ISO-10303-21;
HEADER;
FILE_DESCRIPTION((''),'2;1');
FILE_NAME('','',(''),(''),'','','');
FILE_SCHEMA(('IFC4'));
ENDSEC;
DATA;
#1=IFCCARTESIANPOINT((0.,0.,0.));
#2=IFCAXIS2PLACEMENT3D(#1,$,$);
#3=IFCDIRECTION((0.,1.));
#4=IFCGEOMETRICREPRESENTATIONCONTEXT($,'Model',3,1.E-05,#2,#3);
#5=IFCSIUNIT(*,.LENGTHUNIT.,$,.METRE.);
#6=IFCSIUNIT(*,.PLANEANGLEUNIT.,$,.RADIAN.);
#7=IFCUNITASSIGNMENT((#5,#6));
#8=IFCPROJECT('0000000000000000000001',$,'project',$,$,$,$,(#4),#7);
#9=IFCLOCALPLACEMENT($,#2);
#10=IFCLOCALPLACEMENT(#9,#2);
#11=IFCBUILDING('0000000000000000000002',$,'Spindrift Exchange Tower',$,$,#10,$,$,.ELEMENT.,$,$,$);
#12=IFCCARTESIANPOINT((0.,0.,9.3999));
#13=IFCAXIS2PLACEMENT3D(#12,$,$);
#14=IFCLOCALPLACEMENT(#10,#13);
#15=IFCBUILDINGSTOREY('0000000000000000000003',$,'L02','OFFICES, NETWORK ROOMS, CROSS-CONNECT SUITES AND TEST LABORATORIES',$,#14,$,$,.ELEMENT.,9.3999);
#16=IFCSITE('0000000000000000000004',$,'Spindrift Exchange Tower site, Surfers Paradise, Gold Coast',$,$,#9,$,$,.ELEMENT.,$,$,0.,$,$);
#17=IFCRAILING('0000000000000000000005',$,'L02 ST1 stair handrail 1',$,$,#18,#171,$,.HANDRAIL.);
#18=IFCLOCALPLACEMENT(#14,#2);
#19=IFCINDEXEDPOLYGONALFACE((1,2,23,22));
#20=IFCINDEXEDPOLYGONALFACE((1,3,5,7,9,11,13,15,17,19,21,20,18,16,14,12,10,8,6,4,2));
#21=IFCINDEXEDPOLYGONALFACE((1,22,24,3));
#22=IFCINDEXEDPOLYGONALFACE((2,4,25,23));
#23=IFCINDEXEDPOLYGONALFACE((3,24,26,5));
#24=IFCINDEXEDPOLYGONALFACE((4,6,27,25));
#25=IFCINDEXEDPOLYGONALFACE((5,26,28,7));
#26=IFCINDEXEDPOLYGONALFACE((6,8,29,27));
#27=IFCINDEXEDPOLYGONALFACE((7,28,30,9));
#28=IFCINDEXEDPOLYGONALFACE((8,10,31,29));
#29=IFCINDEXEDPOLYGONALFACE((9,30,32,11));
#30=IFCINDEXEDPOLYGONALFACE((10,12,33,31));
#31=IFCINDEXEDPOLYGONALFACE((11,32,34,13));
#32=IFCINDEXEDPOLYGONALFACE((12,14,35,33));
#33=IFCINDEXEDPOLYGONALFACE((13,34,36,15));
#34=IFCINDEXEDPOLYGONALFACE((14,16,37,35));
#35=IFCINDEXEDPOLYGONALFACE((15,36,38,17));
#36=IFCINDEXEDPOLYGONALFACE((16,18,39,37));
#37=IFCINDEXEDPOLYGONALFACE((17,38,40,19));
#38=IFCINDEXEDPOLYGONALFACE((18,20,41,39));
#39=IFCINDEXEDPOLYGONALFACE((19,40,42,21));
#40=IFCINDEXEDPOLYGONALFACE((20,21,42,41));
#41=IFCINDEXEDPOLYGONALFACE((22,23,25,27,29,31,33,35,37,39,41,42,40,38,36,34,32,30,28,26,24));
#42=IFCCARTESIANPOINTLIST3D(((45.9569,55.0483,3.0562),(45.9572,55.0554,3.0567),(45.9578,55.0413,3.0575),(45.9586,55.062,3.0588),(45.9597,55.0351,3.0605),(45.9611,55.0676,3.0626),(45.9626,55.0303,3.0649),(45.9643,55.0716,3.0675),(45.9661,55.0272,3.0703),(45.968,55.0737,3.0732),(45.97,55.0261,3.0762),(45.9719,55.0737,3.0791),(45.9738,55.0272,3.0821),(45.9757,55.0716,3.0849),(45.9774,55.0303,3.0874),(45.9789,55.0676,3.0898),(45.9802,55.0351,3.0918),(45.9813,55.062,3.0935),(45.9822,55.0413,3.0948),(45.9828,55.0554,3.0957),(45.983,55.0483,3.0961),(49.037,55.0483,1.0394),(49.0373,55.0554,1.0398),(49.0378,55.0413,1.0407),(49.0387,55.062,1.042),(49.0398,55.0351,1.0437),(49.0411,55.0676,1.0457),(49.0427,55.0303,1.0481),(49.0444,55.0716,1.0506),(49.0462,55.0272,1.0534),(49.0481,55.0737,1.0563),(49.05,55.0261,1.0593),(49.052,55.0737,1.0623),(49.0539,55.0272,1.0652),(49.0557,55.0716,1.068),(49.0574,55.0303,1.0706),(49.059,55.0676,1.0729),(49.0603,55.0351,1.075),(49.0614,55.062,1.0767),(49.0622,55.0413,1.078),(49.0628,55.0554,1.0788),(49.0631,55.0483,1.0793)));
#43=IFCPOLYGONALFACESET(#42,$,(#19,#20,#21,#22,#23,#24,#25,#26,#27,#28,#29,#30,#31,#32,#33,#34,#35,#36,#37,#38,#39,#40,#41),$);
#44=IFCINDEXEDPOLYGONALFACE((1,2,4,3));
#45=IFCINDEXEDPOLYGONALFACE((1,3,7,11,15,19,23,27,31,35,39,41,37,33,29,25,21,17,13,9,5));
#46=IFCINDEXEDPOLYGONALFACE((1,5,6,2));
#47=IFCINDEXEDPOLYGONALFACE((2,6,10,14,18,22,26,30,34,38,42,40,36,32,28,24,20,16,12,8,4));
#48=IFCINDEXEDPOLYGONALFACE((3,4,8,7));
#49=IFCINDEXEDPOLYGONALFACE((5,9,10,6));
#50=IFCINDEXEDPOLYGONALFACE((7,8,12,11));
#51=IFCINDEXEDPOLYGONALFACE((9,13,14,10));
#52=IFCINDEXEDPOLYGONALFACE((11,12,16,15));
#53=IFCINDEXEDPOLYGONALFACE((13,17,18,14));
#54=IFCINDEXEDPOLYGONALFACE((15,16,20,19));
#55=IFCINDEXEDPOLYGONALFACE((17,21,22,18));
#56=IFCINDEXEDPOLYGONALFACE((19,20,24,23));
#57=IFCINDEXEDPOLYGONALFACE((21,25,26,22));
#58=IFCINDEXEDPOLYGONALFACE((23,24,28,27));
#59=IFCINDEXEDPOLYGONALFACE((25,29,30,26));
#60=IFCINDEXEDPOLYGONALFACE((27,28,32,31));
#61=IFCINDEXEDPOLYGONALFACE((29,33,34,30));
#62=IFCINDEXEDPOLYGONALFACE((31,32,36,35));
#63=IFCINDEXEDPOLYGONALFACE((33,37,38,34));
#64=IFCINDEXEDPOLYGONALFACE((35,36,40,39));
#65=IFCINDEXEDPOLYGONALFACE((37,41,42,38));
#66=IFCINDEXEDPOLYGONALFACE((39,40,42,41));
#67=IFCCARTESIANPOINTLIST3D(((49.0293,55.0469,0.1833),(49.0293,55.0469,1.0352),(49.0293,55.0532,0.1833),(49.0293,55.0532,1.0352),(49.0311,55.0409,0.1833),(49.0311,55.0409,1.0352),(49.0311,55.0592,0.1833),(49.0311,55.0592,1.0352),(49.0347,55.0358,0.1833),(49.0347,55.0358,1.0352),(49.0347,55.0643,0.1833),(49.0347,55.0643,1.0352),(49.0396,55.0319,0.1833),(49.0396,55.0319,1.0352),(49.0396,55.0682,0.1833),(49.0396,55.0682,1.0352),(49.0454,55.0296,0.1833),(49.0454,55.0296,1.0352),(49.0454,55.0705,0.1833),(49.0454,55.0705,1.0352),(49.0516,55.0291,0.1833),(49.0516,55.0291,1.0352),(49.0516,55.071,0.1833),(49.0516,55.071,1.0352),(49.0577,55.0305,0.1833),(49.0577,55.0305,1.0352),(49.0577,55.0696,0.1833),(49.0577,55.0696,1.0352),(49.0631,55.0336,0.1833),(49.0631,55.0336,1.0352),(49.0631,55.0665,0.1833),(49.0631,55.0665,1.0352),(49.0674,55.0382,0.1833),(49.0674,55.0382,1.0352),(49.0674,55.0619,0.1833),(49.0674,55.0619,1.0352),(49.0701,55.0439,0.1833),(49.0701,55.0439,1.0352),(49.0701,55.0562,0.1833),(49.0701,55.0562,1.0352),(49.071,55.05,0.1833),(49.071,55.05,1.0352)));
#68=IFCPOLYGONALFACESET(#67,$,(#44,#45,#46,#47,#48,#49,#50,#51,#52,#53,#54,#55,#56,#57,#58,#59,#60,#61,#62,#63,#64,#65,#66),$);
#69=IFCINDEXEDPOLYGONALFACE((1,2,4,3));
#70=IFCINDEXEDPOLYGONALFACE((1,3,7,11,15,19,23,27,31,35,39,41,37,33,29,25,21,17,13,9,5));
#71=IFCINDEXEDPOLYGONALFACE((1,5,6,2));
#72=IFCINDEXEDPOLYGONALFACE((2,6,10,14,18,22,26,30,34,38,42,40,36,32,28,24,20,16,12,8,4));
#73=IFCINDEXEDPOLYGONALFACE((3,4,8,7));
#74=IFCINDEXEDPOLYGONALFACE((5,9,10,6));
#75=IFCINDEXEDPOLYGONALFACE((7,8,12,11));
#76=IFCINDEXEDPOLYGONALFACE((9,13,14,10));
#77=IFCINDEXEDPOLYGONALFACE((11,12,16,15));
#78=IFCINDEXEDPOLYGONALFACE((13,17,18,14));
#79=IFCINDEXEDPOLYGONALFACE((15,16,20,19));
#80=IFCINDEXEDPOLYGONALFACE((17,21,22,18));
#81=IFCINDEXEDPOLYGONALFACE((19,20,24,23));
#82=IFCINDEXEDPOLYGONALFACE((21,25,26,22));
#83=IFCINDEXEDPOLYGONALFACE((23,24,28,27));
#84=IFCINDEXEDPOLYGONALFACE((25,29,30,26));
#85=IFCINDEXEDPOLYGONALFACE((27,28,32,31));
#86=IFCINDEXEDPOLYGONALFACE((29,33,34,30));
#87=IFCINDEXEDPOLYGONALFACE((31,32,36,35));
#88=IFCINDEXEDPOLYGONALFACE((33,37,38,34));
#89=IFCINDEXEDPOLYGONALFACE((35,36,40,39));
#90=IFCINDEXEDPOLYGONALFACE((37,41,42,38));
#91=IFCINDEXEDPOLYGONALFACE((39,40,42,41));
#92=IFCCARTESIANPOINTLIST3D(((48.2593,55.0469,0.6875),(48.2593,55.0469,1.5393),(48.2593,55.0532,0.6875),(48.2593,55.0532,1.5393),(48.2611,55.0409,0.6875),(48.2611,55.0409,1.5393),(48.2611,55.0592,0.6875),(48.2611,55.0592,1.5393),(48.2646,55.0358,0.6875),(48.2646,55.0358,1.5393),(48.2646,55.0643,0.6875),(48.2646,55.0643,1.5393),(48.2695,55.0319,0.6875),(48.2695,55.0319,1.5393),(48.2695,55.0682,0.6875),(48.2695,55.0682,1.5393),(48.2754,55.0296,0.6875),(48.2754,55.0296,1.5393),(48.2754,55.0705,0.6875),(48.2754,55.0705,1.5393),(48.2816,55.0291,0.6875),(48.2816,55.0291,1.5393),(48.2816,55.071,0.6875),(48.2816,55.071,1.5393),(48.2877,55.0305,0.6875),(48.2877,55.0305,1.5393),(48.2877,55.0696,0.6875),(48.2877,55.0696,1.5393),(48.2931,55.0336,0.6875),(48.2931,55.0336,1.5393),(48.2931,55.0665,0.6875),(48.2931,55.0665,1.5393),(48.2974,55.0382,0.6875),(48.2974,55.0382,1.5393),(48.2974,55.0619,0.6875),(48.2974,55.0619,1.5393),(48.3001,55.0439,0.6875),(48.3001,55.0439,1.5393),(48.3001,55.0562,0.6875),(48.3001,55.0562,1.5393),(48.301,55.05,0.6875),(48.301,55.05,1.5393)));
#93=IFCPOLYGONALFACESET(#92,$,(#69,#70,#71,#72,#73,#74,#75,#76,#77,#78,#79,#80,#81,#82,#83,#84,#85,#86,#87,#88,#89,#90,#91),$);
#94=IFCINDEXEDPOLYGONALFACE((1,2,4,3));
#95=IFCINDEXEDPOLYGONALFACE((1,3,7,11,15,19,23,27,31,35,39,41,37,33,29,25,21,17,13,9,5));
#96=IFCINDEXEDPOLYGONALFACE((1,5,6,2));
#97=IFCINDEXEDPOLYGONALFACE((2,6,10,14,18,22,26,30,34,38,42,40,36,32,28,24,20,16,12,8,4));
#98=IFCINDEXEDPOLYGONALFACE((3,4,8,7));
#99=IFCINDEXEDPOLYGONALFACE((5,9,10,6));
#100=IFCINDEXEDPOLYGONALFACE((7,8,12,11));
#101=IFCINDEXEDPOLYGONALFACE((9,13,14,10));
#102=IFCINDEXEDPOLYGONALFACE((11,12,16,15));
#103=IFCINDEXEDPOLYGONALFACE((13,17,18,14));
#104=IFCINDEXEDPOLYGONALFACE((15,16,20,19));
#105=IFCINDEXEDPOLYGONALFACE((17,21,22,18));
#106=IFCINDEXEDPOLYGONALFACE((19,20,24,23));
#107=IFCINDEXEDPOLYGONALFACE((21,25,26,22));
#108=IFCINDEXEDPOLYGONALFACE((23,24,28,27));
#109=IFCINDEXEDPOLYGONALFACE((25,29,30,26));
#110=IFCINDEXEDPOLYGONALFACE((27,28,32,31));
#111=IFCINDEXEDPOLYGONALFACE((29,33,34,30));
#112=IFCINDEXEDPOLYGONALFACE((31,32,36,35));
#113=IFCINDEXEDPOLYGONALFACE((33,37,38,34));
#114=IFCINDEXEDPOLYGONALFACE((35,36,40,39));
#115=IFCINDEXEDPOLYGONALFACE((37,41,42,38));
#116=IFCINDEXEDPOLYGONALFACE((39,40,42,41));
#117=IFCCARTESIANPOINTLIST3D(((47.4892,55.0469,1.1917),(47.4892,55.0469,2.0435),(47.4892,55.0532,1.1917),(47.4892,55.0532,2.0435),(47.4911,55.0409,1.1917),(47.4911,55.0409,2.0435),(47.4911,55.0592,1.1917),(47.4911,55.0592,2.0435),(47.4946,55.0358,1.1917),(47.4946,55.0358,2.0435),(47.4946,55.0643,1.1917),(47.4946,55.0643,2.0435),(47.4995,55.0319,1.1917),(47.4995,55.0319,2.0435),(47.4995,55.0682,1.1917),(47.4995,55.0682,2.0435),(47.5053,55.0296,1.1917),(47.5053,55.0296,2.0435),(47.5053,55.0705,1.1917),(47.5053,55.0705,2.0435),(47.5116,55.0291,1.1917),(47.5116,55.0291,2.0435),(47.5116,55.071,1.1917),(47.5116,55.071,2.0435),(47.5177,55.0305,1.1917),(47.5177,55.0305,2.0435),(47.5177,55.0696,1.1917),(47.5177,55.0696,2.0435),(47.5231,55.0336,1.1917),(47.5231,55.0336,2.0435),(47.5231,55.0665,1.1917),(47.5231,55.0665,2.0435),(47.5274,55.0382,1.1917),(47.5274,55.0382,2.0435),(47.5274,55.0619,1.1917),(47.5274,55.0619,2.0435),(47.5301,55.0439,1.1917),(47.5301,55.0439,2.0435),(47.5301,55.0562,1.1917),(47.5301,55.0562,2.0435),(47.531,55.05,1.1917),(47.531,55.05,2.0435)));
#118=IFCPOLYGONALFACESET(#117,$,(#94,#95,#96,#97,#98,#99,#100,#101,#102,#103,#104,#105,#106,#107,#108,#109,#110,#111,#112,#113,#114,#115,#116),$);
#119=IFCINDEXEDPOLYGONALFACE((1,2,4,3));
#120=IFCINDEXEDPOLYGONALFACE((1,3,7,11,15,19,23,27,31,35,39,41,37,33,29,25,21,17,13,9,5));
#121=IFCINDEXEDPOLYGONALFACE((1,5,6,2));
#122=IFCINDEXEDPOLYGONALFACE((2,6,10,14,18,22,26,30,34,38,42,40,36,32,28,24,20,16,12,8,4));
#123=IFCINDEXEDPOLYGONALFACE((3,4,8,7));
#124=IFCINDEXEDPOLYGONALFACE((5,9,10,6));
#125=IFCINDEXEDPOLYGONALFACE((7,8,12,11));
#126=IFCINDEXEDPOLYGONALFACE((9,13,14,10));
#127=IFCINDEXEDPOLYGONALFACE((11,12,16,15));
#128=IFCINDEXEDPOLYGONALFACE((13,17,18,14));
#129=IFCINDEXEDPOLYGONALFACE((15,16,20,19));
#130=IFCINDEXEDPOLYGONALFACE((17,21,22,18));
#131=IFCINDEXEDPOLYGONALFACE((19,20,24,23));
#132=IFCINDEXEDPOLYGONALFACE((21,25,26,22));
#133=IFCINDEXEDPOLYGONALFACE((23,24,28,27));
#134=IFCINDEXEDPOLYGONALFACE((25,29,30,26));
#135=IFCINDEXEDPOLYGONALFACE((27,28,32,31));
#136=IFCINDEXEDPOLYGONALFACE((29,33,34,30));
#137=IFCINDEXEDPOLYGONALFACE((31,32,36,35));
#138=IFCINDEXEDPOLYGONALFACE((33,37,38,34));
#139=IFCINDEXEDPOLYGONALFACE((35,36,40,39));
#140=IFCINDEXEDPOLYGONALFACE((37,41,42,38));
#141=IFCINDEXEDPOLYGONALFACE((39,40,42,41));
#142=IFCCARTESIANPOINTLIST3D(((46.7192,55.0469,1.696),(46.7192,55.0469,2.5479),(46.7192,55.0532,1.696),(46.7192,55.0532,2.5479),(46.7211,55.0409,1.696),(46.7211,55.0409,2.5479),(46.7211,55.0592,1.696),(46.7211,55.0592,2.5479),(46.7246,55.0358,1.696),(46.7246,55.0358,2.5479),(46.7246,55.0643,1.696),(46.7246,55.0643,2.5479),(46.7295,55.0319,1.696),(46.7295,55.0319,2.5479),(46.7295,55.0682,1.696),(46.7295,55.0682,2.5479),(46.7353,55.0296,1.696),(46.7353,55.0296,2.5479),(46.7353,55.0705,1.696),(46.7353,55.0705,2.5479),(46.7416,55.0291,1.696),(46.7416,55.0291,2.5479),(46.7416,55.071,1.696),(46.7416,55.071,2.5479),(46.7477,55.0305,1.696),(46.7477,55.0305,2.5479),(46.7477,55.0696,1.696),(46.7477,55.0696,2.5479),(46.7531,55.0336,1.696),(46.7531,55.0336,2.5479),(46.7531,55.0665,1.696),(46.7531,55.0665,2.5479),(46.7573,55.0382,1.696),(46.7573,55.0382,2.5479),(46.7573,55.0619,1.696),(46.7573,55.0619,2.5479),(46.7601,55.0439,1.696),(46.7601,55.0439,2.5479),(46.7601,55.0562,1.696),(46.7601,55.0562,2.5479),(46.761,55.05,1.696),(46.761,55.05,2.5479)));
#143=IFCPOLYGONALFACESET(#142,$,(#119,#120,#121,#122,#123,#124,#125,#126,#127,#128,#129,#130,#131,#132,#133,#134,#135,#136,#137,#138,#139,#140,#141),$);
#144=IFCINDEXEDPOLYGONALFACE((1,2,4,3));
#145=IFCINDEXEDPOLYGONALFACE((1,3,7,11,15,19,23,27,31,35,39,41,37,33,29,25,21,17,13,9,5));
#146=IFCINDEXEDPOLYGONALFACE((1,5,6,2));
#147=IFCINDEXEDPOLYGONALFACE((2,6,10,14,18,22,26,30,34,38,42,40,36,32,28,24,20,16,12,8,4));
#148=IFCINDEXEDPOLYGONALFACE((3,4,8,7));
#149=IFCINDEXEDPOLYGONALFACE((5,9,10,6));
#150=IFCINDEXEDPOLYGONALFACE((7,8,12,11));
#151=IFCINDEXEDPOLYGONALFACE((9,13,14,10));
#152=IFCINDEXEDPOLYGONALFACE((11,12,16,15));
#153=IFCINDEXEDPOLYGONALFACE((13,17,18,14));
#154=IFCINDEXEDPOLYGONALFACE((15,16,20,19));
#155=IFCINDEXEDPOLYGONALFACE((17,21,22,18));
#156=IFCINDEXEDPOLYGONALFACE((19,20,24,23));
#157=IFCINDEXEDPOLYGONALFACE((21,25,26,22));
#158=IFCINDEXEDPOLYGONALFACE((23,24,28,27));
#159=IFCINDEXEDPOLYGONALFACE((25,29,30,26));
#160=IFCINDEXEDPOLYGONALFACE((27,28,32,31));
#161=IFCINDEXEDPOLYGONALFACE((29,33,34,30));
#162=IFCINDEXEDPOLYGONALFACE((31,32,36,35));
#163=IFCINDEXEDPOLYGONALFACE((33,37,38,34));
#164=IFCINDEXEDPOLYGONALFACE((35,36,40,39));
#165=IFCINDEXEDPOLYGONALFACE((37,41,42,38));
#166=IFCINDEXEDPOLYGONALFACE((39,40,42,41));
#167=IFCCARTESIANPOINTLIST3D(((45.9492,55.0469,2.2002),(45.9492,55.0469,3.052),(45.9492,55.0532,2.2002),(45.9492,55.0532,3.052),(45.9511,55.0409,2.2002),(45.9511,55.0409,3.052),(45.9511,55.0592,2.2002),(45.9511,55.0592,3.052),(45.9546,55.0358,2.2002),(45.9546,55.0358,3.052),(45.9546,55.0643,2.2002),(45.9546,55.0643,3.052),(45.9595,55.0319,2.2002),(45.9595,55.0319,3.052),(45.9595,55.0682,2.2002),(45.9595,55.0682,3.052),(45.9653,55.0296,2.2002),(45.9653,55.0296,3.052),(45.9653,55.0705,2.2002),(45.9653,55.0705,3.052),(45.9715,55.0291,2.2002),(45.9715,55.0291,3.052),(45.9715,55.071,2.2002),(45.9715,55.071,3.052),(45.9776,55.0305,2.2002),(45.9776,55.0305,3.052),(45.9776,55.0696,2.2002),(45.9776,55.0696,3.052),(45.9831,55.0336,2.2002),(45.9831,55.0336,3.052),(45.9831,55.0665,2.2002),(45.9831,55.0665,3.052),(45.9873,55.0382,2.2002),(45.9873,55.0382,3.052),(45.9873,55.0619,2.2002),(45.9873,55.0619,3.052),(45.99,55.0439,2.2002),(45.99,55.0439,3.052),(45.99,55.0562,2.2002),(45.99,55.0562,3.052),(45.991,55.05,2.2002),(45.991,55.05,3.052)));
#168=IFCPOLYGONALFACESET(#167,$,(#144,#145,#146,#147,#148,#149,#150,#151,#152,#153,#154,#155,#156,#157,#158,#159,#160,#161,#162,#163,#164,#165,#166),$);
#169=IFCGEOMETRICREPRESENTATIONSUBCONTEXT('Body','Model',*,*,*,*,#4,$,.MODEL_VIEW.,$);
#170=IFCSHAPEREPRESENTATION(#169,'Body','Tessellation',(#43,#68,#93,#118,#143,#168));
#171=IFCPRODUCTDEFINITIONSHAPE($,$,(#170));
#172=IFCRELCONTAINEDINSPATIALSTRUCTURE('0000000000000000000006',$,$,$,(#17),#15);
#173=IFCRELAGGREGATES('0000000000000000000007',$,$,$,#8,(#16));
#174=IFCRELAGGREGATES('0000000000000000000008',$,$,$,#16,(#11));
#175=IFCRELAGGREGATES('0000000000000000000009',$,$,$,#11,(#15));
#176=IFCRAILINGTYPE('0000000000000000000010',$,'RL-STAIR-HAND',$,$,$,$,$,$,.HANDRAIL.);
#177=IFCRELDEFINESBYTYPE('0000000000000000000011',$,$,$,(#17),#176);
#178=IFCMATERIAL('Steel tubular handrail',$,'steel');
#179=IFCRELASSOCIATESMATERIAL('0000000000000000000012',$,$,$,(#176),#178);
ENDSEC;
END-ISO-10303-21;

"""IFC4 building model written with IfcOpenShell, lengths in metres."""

from ifc_helpers import new_model, si_unit, direction, frame, origin, origin_2d, place, context, subcontext, project, spatial, circle, extrude, material, type_object, element, save


model = new_model("IFC4")

# Units and contexts
model_context = context("Model", 3, precision=1e-05, world=origin(), true_north=direction((0.0, 1.0)))
body_context = subcontext(model_context, "Body", "Model", "MODEL_VIEW")
ifc_project = project(units=[si_unit("LENGTHUNIT", "METRE"), si_unit("PLANEANGLEUNIT", "RADIAN")], contexts=[model_context])

# Site, building, storey
site_placement = place(None, origin())
site = spatial("IfcSite", under=ifc_project, at=site_placement, Name="Spindrift Exchange Tower site, Surfers Paradise, Gold Coast", CompositionType="ELEMENT", RefElevation=0.0)
building_placement = place(site_placement, origin())
building = spatial("IfcBuilding", under=site, at=building_placement, Name="Spindrift Exchange Tower", CompositionType="ELEMENT")
storey_placement = place(building_placement, frame((0.0, 0.0, 9.3999)))
storey = spatial("IfcBuildingStorey", under=building, at=storey_placement, Name="L02", Description="OFFICES, NETWORK ROOMS, CROSS-CONNECT SUITES AND TEST LABORATORIES", CompositionType="ELEMENT", Elevation=9.3999)

# Railing
ifc_material_1 = material(Name="Steel tubular handrail", Category="steel")
railing_type_1 = type_object("IfcRailingType", Name="RL-STAIR-HAND", PredefinedType="HANDRAIL", material=ifc_material_1)
railing_1_placement = place(storey_placement, frame((49.05, 55.05, 0.1833)))
element("IfcRailing", 1, at=railing_1_placement, inside=storey, type_object=railing_type_1, Name="L02 ST1 stair handrail 1", PredefinedType="HANDRAIL", context=body_context, shape_type="SweptSolid", body=[
    extrude(circle(Radius=0.0239, at=origin_2d()), frame((0.0, 0.0, 0.876), z_axis=(-0.836603, 0.0, 0.54781), x_axis=(0.0, -1.0, 0.0)), (0.0, 0.0, 1.0), 3.6816),
    extrude(circle(Radius=0.021, at=origin_2d()), origin(), (0.0, 0.0, 1.0), 0.8518),
    extrude(circle(Radius=0.021, at=origin_2d()), frame((-0.77, 0.0, 0.5042)), (0.0, 0.0, 1.0), 0.8518),
    extrude(circle(Radius=0.021, at=origin_2d()), frame((-1.54, 0.0, 1.0083)), (0.0, 0.0, 1.0), 0.8518),
    extrude(circle(Radius=0.021, at=origin_2d()), frame((-2.3101, 0.0, 1.5127)), (0.0, 0.0, 1.0), 0.8518),
    extrude(circle(Radius=0.021, at=origin_2d()), frame((-3.0801, 0.0, 2.0168)), (0.0, 0.0, 1.0), 0.8518),
])

save(model, "model.ifc")
